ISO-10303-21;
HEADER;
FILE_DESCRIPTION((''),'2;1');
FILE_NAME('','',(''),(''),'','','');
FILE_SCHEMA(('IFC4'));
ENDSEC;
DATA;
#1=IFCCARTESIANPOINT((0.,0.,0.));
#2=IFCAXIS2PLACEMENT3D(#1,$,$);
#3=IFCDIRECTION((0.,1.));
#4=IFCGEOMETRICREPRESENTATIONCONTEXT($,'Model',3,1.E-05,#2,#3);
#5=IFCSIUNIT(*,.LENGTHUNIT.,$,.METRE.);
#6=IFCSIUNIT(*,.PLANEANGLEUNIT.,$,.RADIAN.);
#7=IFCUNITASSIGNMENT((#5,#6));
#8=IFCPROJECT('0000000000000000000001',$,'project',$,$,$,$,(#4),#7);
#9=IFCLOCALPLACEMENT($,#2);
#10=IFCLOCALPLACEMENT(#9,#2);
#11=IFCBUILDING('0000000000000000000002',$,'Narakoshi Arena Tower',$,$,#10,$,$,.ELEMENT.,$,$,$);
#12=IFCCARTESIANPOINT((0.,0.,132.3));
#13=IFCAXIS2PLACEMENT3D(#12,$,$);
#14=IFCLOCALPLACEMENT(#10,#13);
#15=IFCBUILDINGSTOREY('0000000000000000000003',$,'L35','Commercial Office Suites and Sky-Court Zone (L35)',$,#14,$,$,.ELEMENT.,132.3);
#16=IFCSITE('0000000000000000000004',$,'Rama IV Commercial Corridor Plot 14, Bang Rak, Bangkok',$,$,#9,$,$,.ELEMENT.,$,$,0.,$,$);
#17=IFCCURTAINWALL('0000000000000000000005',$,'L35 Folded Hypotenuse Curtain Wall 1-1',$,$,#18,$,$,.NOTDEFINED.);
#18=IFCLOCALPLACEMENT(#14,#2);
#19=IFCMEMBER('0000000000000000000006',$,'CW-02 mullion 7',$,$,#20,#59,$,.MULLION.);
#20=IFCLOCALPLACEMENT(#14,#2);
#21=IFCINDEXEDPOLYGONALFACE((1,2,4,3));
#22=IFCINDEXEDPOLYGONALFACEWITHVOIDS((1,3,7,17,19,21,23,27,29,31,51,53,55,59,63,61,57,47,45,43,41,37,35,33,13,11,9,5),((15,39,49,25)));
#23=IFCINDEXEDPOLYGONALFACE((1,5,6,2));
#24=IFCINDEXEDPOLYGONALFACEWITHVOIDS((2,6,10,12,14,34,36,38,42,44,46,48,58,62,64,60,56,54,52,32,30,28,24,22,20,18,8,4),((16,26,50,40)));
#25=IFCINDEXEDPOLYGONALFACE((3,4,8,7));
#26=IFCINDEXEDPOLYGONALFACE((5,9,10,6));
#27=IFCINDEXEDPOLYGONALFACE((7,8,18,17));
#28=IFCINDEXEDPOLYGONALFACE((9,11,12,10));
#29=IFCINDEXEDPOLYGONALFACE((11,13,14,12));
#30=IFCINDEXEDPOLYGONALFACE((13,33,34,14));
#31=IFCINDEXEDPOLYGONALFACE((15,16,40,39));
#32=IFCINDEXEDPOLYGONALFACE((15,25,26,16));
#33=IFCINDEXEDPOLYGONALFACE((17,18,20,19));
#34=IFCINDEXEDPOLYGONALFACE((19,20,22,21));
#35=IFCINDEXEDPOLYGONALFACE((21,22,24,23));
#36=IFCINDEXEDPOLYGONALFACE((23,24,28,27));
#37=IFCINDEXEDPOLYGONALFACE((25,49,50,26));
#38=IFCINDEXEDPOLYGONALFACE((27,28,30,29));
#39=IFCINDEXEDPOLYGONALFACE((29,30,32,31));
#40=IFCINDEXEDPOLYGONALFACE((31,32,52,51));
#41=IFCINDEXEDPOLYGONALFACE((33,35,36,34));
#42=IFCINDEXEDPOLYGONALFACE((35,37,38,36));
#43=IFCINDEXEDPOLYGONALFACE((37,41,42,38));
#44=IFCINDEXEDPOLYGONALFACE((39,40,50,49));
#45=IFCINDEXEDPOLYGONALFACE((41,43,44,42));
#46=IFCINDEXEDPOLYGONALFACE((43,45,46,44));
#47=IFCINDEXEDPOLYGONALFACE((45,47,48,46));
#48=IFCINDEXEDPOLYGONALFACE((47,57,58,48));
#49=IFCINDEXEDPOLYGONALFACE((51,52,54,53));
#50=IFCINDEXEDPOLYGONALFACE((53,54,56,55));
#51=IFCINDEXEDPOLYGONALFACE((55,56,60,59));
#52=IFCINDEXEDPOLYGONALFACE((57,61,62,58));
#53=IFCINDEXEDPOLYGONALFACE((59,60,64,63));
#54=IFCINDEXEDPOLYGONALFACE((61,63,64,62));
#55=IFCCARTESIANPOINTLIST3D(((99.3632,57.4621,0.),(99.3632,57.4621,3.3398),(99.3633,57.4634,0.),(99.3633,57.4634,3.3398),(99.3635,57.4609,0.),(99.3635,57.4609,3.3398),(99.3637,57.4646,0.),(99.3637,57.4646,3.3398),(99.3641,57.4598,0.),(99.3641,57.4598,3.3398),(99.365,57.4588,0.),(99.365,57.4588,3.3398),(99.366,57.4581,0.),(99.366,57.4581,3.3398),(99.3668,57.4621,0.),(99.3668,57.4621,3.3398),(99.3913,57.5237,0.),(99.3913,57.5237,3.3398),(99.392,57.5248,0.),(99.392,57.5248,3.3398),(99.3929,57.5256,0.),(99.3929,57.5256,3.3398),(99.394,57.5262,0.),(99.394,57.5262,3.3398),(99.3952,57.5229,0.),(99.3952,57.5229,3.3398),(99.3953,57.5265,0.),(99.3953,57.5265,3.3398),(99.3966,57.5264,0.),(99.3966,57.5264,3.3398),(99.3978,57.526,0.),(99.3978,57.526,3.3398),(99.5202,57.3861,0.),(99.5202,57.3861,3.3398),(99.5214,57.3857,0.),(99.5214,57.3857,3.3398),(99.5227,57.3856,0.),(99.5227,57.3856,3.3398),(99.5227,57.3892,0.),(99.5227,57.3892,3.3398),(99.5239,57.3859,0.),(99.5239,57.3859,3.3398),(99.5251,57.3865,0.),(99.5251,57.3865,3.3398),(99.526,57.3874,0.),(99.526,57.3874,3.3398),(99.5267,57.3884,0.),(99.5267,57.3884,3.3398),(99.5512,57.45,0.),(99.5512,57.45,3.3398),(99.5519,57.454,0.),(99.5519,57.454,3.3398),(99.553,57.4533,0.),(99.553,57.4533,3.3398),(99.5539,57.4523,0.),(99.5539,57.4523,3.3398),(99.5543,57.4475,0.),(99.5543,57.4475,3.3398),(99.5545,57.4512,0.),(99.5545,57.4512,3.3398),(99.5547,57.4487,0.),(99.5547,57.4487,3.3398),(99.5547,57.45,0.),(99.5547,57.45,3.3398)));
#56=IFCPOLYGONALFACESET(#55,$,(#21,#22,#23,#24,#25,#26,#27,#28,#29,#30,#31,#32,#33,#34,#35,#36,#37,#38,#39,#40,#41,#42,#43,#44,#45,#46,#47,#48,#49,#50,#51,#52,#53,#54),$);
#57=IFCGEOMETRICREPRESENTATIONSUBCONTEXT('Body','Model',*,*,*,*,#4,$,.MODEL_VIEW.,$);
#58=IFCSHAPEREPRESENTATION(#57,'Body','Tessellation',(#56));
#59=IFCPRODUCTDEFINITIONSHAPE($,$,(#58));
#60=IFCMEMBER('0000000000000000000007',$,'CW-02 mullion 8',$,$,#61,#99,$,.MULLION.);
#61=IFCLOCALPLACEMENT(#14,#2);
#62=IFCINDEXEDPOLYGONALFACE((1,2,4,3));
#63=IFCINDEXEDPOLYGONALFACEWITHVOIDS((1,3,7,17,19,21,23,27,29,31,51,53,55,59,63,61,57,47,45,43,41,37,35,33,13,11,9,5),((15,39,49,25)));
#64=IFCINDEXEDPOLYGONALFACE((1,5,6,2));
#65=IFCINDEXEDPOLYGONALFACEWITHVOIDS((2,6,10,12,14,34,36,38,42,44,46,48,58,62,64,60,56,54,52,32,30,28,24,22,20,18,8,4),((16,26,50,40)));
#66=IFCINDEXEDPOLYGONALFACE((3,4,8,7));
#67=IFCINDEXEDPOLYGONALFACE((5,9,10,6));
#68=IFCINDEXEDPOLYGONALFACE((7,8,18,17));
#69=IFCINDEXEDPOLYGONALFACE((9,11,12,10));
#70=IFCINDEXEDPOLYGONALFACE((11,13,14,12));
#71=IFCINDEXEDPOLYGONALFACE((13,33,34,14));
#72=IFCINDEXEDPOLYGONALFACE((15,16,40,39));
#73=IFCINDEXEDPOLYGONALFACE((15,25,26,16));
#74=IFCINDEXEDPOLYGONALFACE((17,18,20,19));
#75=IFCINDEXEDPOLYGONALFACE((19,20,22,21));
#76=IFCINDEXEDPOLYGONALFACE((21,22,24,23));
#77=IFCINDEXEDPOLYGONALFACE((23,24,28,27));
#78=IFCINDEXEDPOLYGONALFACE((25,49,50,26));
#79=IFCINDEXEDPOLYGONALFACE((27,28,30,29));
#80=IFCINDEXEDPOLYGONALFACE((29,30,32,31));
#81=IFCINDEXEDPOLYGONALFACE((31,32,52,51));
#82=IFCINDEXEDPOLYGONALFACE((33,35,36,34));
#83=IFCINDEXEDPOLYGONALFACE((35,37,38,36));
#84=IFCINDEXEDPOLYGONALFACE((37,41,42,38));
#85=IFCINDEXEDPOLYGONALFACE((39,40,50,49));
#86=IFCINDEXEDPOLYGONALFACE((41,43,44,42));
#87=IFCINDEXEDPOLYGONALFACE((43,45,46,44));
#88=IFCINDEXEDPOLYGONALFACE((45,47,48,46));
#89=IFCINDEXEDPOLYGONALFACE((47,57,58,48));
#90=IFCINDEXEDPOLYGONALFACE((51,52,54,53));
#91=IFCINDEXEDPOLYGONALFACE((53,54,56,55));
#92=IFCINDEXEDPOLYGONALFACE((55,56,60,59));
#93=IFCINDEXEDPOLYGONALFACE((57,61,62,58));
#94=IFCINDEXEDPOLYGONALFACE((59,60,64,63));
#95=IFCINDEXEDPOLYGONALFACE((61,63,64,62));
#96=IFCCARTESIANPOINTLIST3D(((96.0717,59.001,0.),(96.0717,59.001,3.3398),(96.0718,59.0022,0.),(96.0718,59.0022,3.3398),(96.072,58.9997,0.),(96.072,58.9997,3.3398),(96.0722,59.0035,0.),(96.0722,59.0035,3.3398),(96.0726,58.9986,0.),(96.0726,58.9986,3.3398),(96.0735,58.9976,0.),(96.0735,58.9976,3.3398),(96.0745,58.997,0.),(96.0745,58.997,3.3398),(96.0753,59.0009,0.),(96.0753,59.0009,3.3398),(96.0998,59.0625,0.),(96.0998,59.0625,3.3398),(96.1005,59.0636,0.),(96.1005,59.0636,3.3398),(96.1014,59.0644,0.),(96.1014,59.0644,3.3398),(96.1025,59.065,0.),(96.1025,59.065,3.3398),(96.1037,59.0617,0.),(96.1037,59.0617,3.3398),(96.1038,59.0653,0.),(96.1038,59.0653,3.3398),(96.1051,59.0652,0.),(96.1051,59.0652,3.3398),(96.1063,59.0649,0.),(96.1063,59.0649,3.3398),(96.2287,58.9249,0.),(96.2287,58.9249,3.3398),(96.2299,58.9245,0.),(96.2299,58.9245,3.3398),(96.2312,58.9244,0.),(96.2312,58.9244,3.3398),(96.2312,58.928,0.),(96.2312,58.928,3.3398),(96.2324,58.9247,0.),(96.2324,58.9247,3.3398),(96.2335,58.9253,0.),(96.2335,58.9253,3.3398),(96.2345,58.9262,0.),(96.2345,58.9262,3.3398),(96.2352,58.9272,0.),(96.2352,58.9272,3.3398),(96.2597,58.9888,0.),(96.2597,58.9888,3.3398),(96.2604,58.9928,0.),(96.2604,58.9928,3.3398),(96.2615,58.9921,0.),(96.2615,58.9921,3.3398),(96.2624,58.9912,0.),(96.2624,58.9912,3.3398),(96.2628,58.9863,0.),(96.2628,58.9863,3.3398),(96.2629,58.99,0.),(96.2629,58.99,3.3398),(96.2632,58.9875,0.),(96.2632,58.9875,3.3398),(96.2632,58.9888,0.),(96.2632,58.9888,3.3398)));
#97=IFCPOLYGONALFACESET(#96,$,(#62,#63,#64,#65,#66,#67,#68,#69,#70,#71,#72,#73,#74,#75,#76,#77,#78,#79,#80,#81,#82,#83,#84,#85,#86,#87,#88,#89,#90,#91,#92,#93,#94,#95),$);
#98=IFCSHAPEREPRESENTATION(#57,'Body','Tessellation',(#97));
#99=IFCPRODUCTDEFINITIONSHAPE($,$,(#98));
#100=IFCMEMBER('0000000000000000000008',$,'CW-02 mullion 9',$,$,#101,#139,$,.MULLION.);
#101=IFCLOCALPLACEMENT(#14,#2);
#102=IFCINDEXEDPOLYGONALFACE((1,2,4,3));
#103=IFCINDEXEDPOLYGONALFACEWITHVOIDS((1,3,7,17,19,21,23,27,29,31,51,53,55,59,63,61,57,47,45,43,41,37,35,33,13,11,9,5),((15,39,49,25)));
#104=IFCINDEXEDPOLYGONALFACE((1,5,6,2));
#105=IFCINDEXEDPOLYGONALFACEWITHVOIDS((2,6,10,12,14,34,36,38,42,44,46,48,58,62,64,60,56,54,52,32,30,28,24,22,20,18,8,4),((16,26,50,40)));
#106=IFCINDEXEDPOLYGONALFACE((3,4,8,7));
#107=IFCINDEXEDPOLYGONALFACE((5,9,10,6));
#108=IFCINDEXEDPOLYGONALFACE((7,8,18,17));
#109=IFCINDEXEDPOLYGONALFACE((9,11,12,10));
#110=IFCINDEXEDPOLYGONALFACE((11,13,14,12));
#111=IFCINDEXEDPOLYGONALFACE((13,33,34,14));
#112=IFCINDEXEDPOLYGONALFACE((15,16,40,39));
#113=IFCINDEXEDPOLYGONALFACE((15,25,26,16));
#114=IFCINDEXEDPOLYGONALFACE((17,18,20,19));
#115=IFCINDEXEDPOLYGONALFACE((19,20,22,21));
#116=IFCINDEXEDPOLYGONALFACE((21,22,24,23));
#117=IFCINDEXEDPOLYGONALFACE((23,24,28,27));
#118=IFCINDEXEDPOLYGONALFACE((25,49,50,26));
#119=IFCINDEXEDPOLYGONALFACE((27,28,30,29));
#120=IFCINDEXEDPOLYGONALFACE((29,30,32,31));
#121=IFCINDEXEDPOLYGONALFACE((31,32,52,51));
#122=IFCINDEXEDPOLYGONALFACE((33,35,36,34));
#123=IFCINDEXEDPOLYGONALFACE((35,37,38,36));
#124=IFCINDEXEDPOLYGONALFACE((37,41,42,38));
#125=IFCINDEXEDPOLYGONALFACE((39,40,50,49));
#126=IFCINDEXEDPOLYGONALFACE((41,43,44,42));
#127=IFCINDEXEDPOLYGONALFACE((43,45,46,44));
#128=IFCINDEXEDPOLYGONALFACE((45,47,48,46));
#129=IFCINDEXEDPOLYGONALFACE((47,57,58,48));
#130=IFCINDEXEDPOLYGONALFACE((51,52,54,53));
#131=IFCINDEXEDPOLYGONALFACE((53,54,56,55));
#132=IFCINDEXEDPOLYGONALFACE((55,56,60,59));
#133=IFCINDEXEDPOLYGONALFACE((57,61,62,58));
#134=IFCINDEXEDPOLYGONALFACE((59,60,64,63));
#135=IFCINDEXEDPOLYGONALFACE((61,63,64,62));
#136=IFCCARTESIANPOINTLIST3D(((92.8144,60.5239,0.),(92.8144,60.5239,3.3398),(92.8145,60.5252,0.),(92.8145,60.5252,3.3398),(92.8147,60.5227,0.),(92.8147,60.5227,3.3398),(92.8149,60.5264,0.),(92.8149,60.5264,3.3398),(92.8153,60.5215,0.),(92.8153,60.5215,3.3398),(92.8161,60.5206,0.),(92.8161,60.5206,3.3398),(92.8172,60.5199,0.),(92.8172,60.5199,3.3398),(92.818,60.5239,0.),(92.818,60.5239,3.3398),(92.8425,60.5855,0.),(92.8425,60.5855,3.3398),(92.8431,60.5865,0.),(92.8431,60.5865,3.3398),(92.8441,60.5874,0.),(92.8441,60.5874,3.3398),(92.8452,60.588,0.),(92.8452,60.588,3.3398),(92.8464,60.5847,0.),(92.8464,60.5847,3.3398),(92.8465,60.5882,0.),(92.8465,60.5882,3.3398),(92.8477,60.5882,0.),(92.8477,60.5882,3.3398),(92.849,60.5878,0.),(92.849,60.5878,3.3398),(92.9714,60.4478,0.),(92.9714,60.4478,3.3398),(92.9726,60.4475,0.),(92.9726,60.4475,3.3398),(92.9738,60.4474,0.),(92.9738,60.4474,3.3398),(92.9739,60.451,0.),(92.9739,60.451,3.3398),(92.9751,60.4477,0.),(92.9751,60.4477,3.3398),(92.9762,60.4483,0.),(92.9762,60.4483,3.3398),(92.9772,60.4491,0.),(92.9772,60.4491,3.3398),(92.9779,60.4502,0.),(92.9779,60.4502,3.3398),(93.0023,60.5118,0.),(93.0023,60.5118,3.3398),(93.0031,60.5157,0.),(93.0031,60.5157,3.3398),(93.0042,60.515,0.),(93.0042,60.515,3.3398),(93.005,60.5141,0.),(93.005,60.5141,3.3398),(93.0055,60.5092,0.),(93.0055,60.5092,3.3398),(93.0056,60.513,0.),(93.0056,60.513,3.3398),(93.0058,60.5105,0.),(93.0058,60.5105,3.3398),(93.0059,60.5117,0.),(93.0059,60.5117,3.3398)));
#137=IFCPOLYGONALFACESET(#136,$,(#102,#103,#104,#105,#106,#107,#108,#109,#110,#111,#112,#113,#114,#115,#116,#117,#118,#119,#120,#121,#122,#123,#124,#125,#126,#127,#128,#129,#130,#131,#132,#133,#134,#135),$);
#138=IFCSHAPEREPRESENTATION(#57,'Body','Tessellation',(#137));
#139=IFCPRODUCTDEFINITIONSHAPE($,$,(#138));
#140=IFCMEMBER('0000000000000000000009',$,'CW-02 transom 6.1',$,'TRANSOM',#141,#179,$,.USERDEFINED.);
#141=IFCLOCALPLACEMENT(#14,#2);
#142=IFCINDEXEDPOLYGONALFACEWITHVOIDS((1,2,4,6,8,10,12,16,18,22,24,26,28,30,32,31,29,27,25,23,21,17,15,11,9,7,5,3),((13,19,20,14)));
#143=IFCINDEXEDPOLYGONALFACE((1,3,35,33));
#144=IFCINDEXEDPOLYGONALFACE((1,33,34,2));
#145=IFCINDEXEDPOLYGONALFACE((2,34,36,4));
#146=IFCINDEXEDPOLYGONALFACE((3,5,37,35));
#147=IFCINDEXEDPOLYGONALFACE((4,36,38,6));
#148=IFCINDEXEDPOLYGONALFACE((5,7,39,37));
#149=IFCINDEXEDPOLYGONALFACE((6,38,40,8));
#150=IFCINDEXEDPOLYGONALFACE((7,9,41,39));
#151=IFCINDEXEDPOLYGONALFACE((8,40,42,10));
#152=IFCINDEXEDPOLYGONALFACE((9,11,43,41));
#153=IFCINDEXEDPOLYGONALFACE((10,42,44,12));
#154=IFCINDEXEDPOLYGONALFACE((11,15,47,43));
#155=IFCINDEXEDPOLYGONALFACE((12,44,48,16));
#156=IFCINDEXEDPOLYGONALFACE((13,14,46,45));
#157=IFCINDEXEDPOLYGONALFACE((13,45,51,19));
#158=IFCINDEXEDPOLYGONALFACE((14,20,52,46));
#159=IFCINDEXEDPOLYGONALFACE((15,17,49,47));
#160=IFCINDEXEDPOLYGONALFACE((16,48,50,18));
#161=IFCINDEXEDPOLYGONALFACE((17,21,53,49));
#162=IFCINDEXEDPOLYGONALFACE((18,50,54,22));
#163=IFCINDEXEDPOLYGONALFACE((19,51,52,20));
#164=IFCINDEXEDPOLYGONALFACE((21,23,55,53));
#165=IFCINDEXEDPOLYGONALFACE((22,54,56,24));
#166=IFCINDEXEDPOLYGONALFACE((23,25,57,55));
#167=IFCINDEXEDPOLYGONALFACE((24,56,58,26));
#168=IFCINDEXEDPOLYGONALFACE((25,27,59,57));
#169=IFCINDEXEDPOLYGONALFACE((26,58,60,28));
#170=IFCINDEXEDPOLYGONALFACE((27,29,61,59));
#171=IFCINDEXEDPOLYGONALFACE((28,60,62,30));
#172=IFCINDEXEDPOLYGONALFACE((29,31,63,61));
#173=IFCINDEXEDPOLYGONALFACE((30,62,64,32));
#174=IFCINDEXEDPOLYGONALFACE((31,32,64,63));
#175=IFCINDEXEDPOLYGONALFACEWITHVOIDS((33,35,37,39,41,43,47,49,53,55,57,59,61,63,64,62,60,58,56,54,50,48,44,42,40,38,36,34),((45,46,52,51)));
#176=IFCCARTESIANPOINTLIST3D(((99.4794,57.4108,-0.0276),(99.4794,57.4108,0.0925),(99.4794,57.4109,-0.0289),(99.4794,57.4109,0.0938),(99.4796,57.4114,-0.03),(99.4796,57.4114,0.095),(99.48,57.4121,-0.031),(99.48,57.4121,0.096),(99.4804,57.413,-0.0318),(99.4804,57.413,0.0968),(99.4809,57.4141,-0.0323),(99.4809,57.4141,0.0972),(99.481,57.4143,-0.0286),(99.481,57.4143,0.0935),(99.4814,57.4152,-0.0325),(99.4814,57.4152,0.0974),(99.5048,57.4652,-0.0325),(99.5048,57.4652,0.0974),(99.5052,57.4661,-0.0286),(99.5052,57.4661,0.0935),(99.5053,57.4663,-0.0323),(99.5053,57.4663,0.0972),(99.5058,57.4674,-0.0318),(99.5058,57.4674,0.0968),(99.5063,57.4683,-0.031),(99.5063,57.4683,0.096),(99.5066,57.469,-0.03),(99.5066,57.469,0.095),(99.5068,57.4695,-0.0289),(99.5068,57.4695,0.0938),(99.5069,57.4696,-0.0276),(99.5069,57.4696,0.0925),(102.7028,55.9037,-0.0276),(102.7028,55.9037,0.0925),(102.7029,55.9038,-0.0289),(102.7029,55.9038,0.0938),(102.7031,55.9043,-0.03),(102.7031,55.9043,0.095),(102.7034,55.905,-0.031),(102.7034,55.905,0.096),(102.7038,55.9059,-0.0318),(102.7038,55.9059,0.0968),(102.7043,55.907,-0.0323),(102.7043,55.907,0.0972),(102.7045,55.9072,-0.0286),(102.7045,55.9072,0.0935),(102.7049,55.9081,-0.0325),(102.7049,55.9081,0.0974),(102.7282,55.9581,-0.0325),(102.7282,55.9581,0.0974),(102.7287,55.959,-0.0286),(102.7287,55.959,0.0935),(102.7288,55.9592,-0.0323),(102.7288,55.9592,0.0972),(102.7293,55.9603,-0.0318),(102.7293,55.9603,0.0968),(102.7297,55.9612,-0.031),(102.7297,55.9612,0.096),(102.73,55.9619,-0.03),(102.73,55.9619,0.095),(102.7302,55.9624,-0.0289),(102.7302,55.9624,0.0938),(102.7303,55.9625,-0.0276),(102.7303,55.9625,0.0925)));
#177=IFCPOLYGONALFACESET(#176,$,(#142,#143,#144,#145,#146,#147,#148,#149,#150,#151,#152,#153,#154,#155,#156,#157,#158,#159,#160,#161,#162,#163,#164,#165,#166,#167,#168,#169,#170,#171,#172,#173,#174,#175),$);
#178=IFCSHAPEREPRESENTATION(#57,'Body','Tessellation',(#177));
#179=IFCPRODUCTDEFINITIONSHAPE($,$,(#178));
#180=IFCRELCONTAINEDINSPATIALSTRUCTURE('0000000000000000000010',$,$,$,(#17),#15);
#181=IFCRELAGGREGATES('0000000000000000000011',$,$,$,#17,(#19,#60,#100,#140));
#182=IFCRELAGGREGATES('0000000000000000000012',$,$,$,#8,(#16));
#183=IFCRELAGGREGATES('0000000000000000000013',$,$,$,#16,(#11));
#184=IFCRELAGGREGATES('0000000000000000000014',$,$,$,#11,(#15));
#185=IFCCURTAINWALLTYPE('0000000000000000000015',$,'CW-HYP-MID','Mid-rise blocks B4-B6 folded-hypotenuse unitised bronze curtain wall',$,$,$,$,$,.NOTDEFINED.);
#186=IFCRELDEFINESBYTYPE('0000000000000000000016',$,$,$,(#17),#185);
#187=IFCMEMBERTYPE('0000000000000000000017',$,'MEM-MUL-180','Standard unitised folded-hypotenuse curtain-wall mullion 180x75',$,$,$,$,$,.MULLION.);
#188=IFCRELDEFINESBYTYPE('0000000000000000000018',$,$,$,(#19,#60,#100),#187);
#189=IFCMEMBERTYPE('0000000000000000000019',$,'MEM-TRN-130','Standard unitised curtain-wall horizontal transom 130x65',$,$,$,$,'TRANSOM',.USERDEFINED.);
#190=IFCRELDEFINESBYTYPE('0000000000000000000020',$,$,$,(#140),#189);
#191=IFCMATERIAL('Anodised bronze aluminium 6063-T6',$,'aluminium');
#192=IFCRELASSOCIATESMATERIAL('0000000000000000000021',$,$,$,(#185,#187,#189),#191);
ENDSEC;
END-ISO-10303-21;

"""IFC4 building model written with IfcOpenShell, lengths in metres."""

from ifc_helpers import new_model, si_unit, direction, frame, origin, origin_2d, place, context, subcontext, project, spatial, hollow_rectangle, extrude, material, material_profile, profile_set, type_object, element, aggregate, save


model = new_model("IFC4")

# Units and contexts
model_context = context("Model", 3, precision=1e-05, world=origin(), true_north=direction((0.0, 1.0)))
body_context = subcontext(model_context, "Body", "Model", "MODEL_VIEW")
ifc_project = project(units=[si_unit("LENGTHUNIT", "METRE"), si_unit("PLANEANGLEUNIT", "RADIAN")], contexts=[model_context])

# Site, building, storey
site_placement = place(None, origin())
site = spatial("IfcSite", under=ifc_project, at=site_placement, Name="Rama IV Commercial Corridor Plot 14, Bang Rak, Bangkok", CompositionType="ELEMENT", RefElevation=0.0)
building_placement = place(site_placement, origin())
building = spatial("IfcBuilding", under=site, at=building_placement, Name="Narakoshi Arena Tower", CompositionType="ELEMENT")
storey_placement = place(building_placement, frame((0.0, 0.0, 132.3)))
storey = spatial("IfcBuildingStorey", under=building, at=storey_placement, Name="L35", Description="Commercial Office Suites and Sky-Court Zone (L35)", CompositionType="ELEMENT", Elevation=132.3)

# Curtain wall, members
ifc_material_1 = material(Name="Anodised bronze aluminium 6063-T6", Category="aluminium")
curtain_wall_type = type_object("IfcCurtainWallType", Name="CW-HYP-MID", Description="Mid-rise blocks B4-B6 folded-hypotenuse unitised bronze curtain wall", PredefinedType="NOTDEFINED", material=ifc_material_1)
curtain_wall_placement = place(storey_placement, origin())
curtain_wall = element("IfcCurtainWall", 1, at=curtain_wall_placement, inside=storey, type_object=curtain_wall_type, Name="L35 Folded Hypotenuse Curtain Wall 1-1", PredefinedType="NOTDEFINED")
ifc_material_profile_1 = material_profile(ifc_material_1, hollow_rectangle(XDim=0.075, YDim=0.1799, WallThickness=0.0039, OuterFilletRadius=0.0049, at=origin_2d()), Name="MUL180x75x4")
ifc_profile_set_1 = profile_set([ifc_material_profile_1], Name="Anodised bronze aluminium 6063-T6")
member_type_1 = type_object("IfcMemberType", Name="MEM-MUL-180", Description="Standard unitised folded-hypotenuse curtain-wall mullion 180x75", PredefinedType="MULLION", material=ifc_profile_set_1)
member_1_placement = place(storey_placement, frame((99.459, 57.4561, 0.0), z_axis=(0.0, 0.0, 1.0), x_axis=(-0.423532, -0.905881, 0.0)))
member_1 = element("IfcMember", 2, at=member_1_placement, type_object=member_type_1, Name="CW-02 mullion 7", PredefinedType="MULLION", context=body_context, shape_type="SweptSolid", body=[
    extrude(hollow_rectangle(XDim=0.075, YDim=0.1799, WallThickness=0.0039, OuterFilletRadius=0.0049, at=origin_2d()), origin(), (0.0, 0.0, 1.0), 3.3398),
])
member_2_placement = place(storey_placement, frame((96.1675, 58.9949, 0.0), z_axis=(0.0, 0.0, 1.0), x_axis=(-0.423532, -0.905881, 0.0)))
member_2 = element("IfcMember", 3, at=member_2_placement, type_object=member_type_1, Name="CW-02 mullion 8", PredefinedType="MULLION", context=body_context, shape_type="SweptSolid", body=[
    extrude(hollow_rectangle(XDim=0.075, YDim=0.1799, WallThickness=0.0039, OuterFilletRadius=0.0049, at=origin_2d()), origin(), (0.0, 0.0, 1.0), 3.3398),
])
member_3_placement = place(storey_placement, frame((92.9102, 60.5178, 0.0), z_axis=(0.0, 0.0, 1.0), x_axis=(-0.423532, -0.905881, 0.0)))
member_3 = element("IfcMember", 4, at=member_3_placement, type_object=member_type_1, Name="CW-02 mullion 9", PredefinedType="MULLION", context=body_context, shape_type="SweptSolid", body=[
    extrude(hollow_rectangle(XDim=0.075, YDim=0.1799, WallThickness=0.0039, OuterFilletRadius=0.0049, at=origin_2d()), origin(), (0.0, 0.0, 1.0), 3.3398),
])
ifc_material_profile_2 = material_profile(ifc_material_1, hollow_rectangle(XDim=0.0649, YDim=0.1299, WallThickness=0.0039, OuterFilletRadius=0.0049, at=origin_2d()), Name="TRN130x65x4")
ifc_profile_set_2 = profile_set([ifc_material_profile_2], Name="Anodised bronze aluminium 6063-T6")
member_type_2 = type_object("IfcMemberType", Name="MEM-TRN-130", Description="Standard unitised curtain-wall horizontal transom 130x65", ElementType="TRANSOM", PredefinedType="USERDEFINED", material=ifc_profile_set_2)
member_4_placement = place(storey_placement, frame((102.7166, 55.9331, 0.0325), z_axis=(-0.905878, 0.423539, 0.0), x_axis=(-0.423539, -0.905878, 0.0)))
member_4 = element("IfcMember", 5, at=member_4_placement, type_object=member_type_2, Name="CW-02 transom 6.1", ObjectType="TRANSOM", PredefinedType="USERDEFINED", context=body_context, shape_type="SweptSolid", body=[
    extrude(hollow_rectangle(XDim=0.0649, YDim=0.1299, WallThickness=0.0039, OuterFilletRadius=0.0049, at=origin_2d()), origin(), (0.0, 0.0, 1.0), 3.5583),
])
aggregate(curtain_wall, [member_1, member_2, member_3, member_4])

save(model, "model.ifc")
